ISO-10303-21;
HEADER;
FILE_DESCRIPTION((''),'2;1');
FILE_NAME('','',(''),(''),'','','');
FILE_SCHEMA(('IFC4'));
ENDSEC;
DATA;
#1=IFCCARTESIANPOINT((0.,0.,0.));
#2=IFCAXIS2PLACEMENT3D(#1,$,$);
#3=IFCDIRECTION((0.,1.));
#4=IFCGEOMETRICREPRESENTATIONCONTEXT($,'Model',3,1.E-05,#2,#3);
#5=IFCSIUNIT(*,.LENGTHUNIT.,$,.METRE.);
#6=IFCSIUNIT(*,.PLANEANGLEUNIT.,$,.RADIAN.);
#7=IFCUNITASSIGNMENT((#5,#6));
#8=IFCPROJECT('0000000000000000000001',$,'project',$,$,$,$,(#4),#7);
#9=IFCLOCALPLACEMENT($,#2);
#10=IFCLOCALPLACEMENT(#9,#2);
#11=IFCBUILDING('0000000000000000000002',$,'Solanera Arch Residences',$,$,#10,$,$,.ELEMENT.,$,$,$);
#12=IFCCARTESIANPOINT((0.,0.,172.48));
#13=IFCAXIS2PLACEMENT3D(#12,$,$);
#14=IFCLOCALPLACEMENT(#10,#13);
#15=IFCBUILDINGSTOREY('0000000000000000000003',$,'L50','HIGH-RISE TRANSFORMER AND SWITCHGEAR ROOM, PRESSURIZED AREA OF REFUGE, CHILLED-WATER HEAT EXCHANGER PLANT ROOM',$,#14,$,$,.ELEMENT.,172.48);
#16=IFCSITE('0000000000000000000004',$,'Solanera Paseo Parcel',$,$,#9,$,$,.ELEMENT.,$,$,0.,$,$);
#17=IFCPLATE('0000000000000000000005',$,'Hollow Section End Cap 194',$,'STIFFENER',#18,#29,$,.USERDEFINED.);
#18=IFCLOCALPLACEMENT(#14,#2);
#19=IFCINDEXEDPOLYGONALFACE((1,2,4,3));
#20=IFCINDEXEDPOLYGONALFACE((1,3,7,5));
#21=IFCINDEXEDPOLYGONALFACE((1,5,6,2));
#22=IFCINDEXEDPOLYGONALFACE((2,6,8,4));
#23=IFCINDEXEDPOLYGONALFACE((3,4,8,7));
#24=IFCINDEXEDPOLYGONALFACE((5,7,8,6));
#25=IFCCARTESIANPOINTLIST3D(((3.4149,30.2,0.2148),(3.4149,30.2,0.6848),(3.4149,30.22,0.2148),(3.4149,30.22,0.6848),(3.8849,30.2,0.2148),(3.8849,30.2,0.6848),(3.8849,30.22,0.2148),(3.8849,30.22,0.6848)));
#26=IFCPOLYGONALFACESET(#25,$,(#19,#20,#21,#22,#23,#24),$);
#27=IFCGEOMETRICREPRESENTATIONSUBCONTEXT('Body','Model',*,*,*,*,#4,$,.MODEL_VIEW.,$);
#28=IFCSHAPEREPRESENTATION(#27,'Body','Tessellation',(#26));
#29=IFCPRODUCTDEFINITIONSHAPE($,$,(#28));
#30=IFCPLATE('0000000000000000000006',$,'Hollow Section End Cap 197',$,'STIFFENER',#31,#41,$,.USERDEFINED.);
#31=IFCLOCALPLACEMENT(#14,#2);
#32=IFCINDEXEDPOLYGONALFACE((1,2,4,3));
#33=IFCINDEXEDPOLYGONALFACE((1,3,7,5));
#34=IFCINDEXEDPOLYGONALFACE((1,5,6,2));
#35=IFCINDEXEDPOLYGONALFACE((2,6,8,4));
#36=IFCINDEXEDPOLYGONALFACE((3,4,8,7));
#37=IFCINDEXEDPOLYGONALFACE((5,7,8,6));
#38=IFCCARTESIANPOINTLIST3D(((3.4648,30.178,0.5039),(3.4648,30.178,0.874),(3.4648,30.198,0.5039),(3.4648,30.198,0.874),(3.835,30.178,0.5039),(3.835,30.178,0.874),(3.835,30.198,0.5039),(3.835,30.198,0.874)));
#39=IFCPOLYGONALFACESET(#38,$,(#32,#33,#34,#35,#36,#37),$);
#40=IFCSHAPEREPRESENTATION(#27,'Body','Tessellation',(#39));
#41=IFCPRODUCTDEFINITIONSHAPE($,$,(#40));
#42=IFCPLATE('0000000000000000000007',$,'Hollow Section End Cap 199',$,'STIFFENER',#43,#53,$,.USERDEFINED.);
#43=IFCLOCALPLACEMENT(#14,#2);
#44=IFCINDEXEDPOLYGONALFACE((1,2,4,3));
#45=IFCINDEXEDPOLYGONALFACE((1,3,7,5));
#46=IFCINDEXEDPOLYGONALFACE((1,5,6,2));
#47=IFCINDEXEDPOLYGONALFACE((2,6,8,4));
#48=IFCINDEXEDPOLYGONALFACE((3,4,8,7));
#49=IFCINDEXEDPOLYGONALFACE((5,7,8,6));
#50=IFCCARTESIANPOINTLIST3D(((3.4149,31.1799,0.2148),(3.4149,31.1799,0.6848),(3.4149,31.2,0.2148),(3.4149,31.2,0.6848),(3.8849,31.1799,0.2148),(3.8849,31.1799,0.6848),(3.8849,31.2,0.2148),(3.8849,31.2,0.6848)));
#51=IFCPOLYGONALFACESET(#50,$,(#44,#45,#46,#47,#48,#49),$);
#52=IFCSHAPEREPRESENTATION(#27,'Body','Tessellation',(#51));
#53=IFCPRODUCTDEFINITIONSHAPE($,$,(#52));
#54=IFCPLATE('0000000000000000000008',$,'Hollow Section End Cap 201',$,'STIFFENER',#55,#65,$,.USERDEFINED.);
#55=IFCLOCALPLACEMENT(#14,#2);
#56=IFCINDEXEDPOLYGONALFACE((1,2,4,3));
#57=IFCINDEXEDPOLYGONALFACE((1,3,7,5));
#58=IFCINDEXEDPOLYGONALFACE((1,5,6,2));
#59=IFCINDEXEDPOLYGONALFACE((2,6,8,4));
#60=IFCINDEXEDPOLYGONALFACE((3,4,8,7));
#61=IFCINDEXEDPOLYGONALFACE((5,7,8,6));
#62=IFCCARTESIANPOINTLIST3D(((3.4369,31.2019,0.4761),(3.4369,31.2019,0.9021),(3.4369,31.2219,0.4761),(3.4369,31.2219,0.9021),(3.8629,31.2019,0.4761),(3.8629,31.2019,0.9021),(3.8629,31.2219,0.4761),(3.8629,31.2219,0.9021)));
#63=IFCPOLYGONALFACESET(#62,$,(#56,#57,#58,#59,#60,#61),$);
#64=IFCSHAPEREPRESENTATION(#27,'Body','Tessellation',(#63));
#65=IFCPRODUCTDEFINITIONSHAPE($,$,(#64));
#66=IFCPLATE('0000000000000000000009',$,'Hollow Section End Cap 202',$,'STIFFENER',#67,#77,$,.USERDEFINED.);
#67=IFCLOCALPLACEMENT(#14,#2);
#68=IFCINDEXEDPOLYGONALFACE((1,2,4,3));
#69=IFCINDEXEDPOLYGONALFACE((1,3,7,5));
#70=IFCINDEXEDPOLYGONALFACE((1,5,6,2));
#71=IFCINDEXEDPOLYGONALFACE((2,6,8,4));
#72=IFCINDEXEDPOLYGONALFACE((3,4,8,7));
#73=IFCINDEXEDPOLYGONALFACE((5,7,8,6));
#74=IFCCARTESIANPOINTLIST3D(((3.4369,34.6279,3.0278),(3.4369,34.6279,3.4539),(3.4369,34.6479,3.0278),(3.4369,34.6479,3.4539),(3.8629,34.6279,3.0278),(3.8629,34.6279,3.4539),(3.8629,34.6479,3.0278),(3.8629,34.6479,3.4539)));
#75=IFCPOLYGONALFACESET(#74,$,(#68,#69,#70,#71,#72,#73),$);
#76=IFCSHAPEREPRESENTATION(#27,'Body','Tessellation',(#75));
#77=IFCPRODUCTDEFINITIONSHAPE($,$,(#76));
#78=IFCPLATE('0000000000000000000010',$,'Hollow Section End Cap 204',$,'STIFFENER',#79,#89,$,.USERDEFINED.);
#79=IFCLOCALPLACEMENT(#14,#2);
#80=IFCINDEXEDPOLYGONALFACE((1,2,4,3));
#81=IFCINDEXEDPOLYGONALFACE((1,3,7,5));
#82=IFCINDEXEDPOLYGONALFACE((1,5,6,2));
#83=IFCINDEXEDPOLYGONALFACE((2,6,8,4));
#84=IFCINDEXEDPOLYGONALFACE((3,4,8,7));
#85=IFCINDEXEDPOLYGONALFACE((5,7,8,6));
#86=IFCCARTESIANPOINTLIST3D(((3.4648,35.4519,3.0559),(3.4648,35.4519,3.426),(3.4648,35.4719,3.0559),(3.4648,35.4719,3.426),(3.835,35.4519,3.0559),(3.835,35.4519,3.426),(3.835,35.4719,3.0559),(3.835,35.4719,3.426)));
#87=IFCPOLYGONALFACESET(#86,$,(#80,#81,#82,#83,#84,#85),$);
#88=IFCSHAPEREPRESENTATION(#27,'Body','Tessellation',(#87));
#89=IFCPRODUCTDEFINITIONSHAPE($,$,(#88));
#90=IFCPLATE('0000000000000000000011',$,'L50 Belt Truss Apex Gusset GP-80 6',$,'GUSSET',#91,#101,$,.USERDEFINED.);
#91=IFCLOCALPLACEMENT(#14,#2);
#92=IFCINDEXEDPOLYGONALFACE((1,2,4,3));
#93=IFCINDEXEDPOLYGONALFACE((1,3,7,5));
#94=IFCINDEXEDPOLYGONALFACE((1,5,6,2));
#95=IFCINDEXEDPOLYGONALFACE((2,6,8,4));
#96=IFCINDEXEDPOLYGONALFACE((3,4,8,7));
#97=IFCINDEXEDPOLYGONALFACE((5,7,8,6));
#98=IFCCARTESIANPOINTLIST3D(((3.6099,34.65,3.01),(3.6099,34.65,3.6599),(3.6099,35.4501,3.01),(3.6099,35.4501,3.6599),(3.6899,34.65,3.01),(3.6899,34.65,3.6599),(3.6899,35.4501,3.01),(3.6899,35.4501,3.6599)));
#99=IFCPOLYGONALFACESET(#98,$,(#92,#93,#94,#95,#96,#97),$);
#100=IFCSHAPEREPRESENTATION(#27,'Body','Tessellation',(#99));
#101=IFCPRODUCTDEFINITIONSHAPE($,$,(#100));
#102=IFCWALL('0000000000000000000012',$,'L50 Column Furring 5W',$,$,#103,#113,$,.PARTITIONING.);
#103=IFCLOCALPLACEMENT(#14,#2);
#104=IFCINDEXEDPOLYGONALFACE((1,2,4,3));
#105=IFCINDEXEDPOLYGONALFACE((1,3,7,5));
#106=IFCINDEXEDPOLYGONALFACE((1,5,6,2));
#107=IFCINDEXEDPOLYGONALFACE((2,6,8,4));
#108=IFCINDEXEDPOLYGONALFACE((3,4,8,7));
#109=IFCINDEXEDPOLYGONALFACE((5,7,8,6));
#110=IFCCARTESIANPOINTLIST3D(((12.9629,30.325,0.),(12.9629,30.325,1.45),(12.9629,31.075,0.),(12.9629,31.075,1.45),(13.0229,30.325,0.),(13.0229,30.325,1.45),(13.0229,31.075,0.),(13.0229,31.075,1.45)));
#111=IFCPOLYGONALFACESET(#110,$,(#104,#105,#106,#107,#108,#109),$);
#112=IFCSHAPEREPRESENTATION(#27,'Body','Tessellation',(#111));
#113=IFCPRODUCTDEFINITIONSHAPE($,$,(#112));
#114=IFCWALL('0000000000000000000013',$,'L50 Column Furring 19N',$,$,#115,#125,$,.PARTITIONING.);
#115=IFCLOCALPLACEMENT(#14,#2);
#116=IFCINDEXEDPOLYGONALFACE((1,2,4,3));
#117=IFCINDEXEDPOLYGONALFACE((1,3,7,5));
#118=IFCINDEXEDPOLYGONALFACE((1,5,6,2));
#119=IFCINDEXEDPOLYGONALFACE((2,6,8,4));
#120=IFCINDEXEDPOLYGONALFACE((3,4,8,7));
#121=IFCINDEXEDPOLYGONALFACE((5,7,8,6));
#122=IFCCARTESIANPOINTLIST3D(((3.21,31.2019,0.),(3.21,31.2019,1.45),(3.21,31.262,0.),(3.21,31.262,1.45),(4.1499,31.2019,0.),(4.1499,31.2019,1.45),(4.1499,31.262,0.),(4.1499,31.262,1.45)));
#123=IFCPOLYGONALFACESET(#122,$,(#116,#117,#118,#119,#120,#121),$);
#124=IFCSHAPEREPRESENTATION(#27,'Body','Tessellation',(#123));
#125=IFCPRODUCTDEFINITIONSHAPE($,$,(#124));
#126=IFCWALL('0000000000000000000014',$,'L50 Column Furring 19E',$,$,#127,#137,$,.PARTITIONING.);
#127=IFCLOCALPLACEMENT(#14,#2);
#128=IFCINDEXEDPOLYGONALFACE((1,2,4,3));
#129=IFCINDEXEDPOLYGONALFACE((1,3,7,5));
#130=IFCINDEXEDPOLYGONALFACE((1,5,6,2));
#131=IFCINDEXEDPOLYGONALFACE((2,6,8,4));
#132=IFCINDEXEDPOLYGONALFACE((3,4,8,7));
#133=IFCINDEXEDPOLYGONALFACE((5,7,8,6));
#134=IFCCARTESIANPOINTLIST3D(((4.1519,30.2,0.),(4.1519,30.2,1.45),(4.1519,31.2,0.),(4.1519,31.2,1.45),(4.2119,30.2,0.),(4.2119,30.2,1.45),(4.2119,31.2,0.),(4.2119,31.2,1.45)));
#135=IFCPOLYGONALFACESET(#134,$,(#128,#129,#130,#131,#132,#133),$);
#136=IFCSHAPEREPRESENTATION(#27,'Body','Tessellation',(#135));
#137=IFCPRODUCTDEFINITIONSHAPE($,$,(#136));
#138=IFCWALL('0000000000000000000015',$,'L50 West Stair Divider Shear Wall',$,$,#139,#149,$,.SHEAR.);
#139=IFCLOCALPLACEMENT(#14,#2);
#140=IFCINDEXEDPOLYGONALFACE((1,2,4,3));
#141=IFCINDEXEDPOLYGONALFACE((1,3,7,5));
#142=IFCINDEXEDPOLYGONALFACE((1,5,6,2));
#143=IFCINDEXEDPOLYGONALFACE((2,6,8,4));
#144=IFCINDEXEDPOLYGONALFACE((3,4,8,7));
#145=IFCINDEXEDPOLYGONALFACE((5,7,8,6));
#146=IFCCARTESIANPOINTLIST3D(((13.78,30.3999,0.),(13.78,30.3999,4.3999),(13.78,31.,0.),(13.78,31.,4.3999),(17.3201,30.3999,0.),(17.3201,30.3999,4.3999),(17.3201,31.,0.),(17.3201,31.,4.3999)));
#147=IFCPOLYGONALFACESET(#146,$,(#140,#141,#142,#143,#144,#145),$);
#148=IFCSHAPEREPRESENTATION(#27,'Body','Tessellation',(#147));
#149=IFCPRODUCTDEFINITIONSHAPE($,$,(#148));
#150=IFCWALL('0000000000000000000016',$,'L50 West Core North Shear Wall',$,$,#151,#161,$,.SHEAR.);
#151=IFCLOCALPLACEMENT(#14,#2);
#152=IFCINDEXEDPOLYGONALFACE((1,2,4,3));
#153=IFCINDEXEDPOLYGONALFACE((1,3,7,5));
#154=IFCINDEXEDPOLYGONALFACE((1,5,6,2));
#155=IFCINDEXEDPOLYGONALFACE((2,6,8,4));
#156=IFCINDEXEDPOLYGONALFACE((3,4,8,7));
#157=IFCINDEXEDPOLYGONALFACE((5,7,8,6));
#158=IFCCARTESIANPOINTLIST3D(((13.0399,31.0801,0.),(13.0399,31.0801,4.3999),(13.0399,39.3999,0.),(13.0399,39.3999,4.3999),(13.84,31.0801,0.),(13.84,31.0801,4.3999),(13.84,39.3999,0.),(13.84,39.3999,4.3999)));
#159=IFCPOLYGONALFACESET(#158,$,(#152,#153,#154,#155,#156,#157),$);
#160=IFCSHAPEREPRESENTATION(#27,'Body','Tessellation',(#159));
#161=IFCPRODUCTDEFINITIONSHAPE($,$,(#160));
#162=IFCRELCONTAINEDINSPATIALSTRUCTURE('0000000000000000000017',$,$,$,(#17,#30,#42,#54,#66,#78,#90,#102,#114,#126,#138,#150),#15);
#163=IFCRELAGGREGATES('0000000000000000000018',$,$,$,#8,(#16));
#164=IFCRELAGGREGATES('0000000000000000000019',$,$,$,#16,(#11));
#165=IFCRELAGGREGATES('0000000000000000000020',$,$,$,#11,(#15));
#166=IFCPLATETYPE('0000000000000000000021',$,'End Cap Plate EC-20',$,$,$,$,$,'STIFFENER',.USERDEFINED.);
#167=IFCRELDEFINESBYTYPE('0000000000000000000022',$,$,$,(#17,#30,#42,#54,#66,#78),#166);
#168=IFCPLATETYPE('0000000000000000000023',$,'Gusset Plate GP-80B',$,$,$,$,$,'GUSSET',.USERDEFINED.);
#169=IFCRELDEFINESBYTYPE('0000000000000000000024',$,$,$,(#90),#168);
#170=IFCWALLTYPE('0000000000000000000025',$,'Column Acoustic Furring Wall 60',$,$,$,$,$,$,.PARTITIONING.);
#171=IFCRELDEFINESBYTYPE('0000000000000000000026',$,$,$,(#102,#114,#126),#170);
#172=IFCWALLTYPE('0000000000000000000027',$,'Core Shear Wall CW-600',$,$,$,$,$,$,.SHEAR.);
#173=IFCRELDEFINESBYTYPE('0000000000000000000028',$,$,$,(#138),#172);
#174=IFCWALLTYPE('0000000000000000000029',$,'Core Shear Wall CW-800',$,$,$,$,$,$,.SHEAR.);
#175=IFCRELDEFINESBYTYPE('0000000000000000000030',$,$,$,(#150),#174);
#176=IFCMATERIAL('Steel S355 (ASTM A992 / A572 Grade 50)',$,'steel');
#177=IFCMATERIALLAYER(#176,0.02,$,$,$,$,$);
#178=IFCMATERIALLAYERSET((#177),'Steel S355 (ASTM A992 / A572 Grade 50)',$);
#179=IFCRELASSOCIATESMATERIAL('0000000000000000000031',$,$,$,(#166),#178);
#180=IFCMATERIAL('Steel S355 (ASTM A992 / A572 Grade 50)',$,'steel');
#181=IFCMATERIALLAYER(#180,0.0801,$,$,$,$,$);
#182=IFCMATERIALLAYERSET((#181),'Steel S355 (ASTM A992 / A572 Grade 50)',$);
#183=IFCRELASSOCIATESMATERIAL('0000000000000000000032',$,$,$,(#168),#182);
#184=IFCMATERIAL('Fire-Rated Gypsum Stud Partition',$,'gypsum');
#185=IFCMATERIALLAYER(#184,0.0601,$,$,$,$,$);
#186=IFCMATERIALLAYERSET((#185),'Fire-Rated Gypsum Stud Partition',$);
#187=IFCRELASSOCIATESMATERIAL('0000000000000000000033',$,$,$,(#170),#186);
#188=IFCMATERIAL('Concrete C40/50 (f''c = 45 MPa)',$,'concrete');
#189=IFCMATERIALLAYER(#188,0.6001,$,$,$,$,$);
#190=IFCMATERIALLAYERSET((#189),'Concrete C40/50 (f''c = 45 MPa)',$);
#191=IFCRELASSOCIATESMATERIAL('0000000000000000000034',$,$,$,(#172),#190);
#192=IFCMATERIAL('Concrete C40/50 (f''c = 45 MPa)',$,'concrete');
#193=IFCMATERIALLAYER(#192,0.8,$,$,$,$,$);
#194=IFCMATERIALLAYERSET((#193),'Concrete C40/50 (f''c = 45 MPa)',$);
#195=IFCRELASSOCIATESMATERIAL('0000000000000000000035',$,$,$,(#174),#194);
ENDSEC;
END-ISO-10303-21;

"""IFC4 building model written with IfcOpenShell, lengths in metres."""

from ifc_helpers import new_model, si_unit, direction, frame, frame_2d, origin, origin_2d, place, context, subcontext, project, spatial, rectangle, extrude, material, layer, layer_set, type_object, element, save


model = new_model("IFC4")

# Units and contexts
model_context = context("Model", 3, precision=1e-05, world=origin(), true_north=direction((0.0, 1.0)))
body_context = subcontext(model_context, "Body", "Model", "MODEL_VIEW")
ifc_project = project(units=[si_unit("LENGTHUNIT", "METRE"), si_unit("PLANEANGLEUNIT", "RADIAN")], contexts=[model_context])

# Site, building, storey
site_placement = place(None, origin())
site = spatial("IfcSite", under=ifc_project, at=site_placement, Name="Solanera Paseo Parcel", CompositionType="ELEMENT", RefElevation=0.0)
building_placement = place(site_placement, origin())
building = spatial("IfcBuilding", under=site, at=building_placement, Name="Solanera Arch Residences", CompositionType="ELEMENT")
storey_placement = place(building_placement, frame((0.0, 0.0, 172.48)))
storey = spatial("IfcBuildingStorey", under=building, at=storey_placement, Name="L50", Description="HIGH-RISE TRANSFORMER AND SWITCHGEAR ROOM, PRESSURIZED AREA OF REFUGE, CHILLED-WATER HEAT EXCHANGER PLANT ROOM", CompositionType="ELEMENT", Elevation=172.48)

# Plates
ifc_material_1 = material(Name="Steel S355 (ASTM A992 / A572 Grade 50)", Category="steel")
ifc_layer_1 = layer(ifc_material_1, 0.02)
ifc_layer_set_1 = layer_set([ifc_layer_1], Name="Steel S355 (ASTM A992 / A572 Grade 50)")
plate_type_1 = type_object("IfcPlateType", Name="End Cap Plate EC-20", ElementType="STIFFENER", PredefinedType="USERDEFINED", material=ifc_layer_set_1)
plate_1_placement = place(storey_placement, frame((3.6499, 30.21, 0.2148), z_axis=(0.0, 0.0, 1.0), x_axis=(0.0, 1.0, 0.0)))
element("IfcPlate", 1, at=plate_1_placement, inside=storey, type_object=plate_type_1, Name="Hollow Section End Cap 194", ObjectType="STIFFENER", PredefinedType="USERDEFINED", context=body_context, shape_type="SweptSolid", body=[
    extrude(rectangle(XDim=0.02, YDim=0.47, at=origin_2d()), origin(), (0.0, 0.0, 1.0), 0.47),
])
plate_2_placement = place(storey_placement, frame((3.6499, 30.188, 0.5039), z_axis=(0.0, 0.0, 1.0), x_axis=(0.0, 1.0, 0.0)))
element("IfcPlate", 2, at=plate_2_placement, inside=storey, type_object=plate_type_1, Name="Hollow Section End Cap 197", ObjectType="STIFFENER", PredefinedType="USERDEFINED", context=body_context, shape_type="SweptSolid", body=[
    extrude(rectangle(XDim=0.02, YDim=0.3701, at=origin_2d()), origin(), (0.0, 0.0, 1.0), 0.3701),
])
plate_3_placement = place(storey_placement, frame((3.6499, 31.1899, 0.2148), z_axis=(0.0, 0.0, 1.0), x_axis=(0.0, -1.0, 0.0)))
element("IfcPlate", 3, at=plate_3_placement, inside=storey, type_object=plate_type_1, Name="Hollow Section End Cap 199", ObjectType="STIFFENER", PredefinedType="USERDEFINED", context=body_context, shape_type="SweptSolid", body=[
    extrude(rectangle(XDim=0.02, YDim=0.47, at=origin_2d()), origin(), (0.0, 0.0, 1.0), 0.47),
])
for number, where, z_axis, x_axis, name in (
    (4, (3.6499, 31.2119, 0.4761), (0.0, 0.0, 1.0), (0.0, -1.0, 0.0), "Hollow Section End Cap 201"),
    (5, (3.6499, 34.6379, 3.0278), (0.0, 0.0, 1.0), (0.0, 1.0, 0.0), "Hollow Section End Cap 202"),
):
    element("IfcPlate", number, at=place(storey_placement, frame(where, z_axis=z_axis, x_axis=x_axis)), inside=storey, type_object=plate_type_1, Name=name, ObjectType="STIFFENER", PredefinedType="USERDEFINED", context=body_context, shape_type="SweptSolid", body=[
        extrude(rectangle(XDim=0.02, YDim=0.426, at=origin_2d()), origin(), (0.0, 0.0, 1.0), 0.426),
    ])
plate_4_placement = place(storey_placement, frame((3.6499, 35.4619, 3.0559), z_axis=(0.0, 0.0, 1.0), x_axis=(0.0, -1.0, 0.0)))
element("IfcPlate", 6, at=plate_4_placement, inside=storey, type_object=plate_type_1, Name="Hollow Section End Cap 204", ObjectType="STIFFENER", PredefinedType="USERDEFINED", context=body_context, shape_type="SweptSolid", body=[
    extrude(rectangle(XDim=0.02, YDim=0.3701, at=origin_2d()), origin(), (0.0, 0.0, 1.0), 0.3701),
])
ifc_material_2 = material(Name="Steel S355 (ASTM A992 / A572 Grade 50)", Category="steel")
ifc_layer_2 = layer(ifc_material_2, 0.0801)
ifc_layer_set_2 = layer_set([ifc_layer_2], Name="Steel S355 (ASTM A992 / A572 Grade 50)")
plate_type_2 = type_object("IfcPlateType", Name="Gusset Plate GP-80B", ElementType="GUSSET", PredefinedType="USERDEFINED", material=ifc_layer_set_2)
plate_5_placement = place(storey_placement, frame((3.6499, 35.05, 3.01), z_axis=(0.0, 0.0, 1.0), x_axis=(1.0, 0.0, 0.0)))
element("IfcPlate", 7, at=plate_5_placement, inside=storey, type_object=plate_type_2, Name="L50 Belt Truss Apex Gusset GP-80 6", ObjectType="GUSSET", PredefinedType="USERDEFINED", context=body_context, shape_type="SweptSolid", body=[
    extrude(rectangle(XDim=0.0801, YDim=0.8, at=origin_2d()), origin(), (0.0, 0.0, 1.0), 0.6499),
])

# Walls
ifc_material_3 = material(Name="Fire-Rated Gypsum Stud Partition", Category="gypsum")
ifc_layer_3 = layer(ifc_material_3, 0.0601)
ifc_layer_set_3 = layer_set([ifc_layer_3], Name="Fire-Rated Gypsum Stud Partition")
wall_type_1 = type_object("IfcWallType", Name="Column Acoustic Furring Wall 60", PredefinedType="PARTITIONING", material=ifc_layer_set_3)
wall_1_placement = place(storey_placement, frame((12.9929, 30.325, 0.0), z_axis=(0.0, 0.0, 1.0), x_axis=(0.0, 1.0, 0.0)))
element("IfcWall", 8, at=wall_1_placement, inside=storey, type_object=wall_type_1, Name="L50 Column Furring 5W", PredefinedType="PARTITIONING", context=body_context, shape_type="SweptSolid", body=[
    extrude(rectangle(XDim=0.75, YDim=0.0601, at=frame_2d((0.375, 0.0))), origin(), (0.0, 0.0, 1.0), 1.45),
])
wall_2_placement = place(storey_placement, frame((3.21, 31.2319, 0.0), z_axis=(0.0, 0.0, 1.0), x_axis=(1.0, 0.0, 0.0)))
element("IfcWall", 9, at=wall_2_placement, inside=storey, type_object=wall_type_1, Name="L50 Column Furring 19N", PredefinedType="PARTITIONING", context=body_context, shape_type="SweptSolid", body=[
    extrude(rectangle(XDim=0.9399, YDim=0.0601, at=frame_2d((0.47, 0.0))), origin(), (0.0, 0.0, 1.0), 1.45),
])
wall_3_placement = place(storey_placement, frame((4.1819, 30.2, 0.0), z_axis=(0.0, 0.0, 1.0), x_axis=(0.0, 1.0, 0.0)))
element("IfcWall", 10, at=wall_3_placement, inside=storey, type_object=wall_type_1, Name="L50 Column Furring 19E", PredefinedType="PARTITIONING", context=body_context, shape_type="SweptSolid", body=[
    extrude(rectangle(XDim=1.0, YDim=0.0601, at=frame_2d((0.5, 0.0))), origin(), (0.0, 0.0, 1.0), 1.45),
])
ifc_material_4 = material(Name="Concrete C40/50 (f'c = 45 MPa)", Category="concrete")
ifc_layer_4 = layer(ifc_material_4, 0.6001)
ifc_layer_set_4 = layer_set([ifc_layer_4], Name="Concrete C40/50 (f'c = 45 MPa)")
wall_type_2 = type_object("IfcWallType", Name="Core Shear Wall CW-600", PredefinedType="SHEAR", material=ifc_layer_set_4)
wall_4_placement = place(storey_placement, frame((13.78, 30.7, 0.0), z_axis=(0.0, 0.0, 1.0), x_axis=(1.0, 0.0, 0.0)))
element("IfcWall", 11, at=wall_4_placement, inside=storey, type_object=wall_type_2, Name="L50 West Stair Divider Shear Wall", PredefinedType="SHEAR", context=body_context, shape_type="SweptSolid", body=[
    extrude(rectangle(XDim=3.54, YDim=0.6001, at=frame_2d((1.77, 0.0))), origin(), (0.0, 0.0, 1.0), 4.3999),
])
ifc_material_5 = material(Name="Concrete C40/50 (f'c = 45 MPa)", Category="concrete")
ifc_layer_5 = layer(ifc_material_5, 0.8)
ifc_layer_set_5 = layer_set([ifc_layer_5], Name="Concrete C40/50 (f'c = 45 MPa)")
wall_type_3 = type_object("IfcWallType", Name="Core Shear Wall CW-800", PredefinedType="SHEAR", material=ifc_layer_set_5)
wall_5_placement = place(storey_placement, frame((13.4399, 31.0801, 0.0), z_axis=(0.0, 0.0, 1.0), x_axis=(0.0, 1.0, 0.0)))
element("IfcWall", 12, at=wall_5_placement, inside=storey, type_object=wall_type_3, Name="L50 West Core North Shear Wall", PredefinedType="SHEAR", context=body_context, shape_type="SweptSolid", body=[
    extrude(rectangle(XDim=8.3198, YDim=0.8, at=frame_2d((4.1599, 0.0))), origin(), (0.0, 0.0, 1.0), 4.3999),
])

save(model, "model.ifc")
